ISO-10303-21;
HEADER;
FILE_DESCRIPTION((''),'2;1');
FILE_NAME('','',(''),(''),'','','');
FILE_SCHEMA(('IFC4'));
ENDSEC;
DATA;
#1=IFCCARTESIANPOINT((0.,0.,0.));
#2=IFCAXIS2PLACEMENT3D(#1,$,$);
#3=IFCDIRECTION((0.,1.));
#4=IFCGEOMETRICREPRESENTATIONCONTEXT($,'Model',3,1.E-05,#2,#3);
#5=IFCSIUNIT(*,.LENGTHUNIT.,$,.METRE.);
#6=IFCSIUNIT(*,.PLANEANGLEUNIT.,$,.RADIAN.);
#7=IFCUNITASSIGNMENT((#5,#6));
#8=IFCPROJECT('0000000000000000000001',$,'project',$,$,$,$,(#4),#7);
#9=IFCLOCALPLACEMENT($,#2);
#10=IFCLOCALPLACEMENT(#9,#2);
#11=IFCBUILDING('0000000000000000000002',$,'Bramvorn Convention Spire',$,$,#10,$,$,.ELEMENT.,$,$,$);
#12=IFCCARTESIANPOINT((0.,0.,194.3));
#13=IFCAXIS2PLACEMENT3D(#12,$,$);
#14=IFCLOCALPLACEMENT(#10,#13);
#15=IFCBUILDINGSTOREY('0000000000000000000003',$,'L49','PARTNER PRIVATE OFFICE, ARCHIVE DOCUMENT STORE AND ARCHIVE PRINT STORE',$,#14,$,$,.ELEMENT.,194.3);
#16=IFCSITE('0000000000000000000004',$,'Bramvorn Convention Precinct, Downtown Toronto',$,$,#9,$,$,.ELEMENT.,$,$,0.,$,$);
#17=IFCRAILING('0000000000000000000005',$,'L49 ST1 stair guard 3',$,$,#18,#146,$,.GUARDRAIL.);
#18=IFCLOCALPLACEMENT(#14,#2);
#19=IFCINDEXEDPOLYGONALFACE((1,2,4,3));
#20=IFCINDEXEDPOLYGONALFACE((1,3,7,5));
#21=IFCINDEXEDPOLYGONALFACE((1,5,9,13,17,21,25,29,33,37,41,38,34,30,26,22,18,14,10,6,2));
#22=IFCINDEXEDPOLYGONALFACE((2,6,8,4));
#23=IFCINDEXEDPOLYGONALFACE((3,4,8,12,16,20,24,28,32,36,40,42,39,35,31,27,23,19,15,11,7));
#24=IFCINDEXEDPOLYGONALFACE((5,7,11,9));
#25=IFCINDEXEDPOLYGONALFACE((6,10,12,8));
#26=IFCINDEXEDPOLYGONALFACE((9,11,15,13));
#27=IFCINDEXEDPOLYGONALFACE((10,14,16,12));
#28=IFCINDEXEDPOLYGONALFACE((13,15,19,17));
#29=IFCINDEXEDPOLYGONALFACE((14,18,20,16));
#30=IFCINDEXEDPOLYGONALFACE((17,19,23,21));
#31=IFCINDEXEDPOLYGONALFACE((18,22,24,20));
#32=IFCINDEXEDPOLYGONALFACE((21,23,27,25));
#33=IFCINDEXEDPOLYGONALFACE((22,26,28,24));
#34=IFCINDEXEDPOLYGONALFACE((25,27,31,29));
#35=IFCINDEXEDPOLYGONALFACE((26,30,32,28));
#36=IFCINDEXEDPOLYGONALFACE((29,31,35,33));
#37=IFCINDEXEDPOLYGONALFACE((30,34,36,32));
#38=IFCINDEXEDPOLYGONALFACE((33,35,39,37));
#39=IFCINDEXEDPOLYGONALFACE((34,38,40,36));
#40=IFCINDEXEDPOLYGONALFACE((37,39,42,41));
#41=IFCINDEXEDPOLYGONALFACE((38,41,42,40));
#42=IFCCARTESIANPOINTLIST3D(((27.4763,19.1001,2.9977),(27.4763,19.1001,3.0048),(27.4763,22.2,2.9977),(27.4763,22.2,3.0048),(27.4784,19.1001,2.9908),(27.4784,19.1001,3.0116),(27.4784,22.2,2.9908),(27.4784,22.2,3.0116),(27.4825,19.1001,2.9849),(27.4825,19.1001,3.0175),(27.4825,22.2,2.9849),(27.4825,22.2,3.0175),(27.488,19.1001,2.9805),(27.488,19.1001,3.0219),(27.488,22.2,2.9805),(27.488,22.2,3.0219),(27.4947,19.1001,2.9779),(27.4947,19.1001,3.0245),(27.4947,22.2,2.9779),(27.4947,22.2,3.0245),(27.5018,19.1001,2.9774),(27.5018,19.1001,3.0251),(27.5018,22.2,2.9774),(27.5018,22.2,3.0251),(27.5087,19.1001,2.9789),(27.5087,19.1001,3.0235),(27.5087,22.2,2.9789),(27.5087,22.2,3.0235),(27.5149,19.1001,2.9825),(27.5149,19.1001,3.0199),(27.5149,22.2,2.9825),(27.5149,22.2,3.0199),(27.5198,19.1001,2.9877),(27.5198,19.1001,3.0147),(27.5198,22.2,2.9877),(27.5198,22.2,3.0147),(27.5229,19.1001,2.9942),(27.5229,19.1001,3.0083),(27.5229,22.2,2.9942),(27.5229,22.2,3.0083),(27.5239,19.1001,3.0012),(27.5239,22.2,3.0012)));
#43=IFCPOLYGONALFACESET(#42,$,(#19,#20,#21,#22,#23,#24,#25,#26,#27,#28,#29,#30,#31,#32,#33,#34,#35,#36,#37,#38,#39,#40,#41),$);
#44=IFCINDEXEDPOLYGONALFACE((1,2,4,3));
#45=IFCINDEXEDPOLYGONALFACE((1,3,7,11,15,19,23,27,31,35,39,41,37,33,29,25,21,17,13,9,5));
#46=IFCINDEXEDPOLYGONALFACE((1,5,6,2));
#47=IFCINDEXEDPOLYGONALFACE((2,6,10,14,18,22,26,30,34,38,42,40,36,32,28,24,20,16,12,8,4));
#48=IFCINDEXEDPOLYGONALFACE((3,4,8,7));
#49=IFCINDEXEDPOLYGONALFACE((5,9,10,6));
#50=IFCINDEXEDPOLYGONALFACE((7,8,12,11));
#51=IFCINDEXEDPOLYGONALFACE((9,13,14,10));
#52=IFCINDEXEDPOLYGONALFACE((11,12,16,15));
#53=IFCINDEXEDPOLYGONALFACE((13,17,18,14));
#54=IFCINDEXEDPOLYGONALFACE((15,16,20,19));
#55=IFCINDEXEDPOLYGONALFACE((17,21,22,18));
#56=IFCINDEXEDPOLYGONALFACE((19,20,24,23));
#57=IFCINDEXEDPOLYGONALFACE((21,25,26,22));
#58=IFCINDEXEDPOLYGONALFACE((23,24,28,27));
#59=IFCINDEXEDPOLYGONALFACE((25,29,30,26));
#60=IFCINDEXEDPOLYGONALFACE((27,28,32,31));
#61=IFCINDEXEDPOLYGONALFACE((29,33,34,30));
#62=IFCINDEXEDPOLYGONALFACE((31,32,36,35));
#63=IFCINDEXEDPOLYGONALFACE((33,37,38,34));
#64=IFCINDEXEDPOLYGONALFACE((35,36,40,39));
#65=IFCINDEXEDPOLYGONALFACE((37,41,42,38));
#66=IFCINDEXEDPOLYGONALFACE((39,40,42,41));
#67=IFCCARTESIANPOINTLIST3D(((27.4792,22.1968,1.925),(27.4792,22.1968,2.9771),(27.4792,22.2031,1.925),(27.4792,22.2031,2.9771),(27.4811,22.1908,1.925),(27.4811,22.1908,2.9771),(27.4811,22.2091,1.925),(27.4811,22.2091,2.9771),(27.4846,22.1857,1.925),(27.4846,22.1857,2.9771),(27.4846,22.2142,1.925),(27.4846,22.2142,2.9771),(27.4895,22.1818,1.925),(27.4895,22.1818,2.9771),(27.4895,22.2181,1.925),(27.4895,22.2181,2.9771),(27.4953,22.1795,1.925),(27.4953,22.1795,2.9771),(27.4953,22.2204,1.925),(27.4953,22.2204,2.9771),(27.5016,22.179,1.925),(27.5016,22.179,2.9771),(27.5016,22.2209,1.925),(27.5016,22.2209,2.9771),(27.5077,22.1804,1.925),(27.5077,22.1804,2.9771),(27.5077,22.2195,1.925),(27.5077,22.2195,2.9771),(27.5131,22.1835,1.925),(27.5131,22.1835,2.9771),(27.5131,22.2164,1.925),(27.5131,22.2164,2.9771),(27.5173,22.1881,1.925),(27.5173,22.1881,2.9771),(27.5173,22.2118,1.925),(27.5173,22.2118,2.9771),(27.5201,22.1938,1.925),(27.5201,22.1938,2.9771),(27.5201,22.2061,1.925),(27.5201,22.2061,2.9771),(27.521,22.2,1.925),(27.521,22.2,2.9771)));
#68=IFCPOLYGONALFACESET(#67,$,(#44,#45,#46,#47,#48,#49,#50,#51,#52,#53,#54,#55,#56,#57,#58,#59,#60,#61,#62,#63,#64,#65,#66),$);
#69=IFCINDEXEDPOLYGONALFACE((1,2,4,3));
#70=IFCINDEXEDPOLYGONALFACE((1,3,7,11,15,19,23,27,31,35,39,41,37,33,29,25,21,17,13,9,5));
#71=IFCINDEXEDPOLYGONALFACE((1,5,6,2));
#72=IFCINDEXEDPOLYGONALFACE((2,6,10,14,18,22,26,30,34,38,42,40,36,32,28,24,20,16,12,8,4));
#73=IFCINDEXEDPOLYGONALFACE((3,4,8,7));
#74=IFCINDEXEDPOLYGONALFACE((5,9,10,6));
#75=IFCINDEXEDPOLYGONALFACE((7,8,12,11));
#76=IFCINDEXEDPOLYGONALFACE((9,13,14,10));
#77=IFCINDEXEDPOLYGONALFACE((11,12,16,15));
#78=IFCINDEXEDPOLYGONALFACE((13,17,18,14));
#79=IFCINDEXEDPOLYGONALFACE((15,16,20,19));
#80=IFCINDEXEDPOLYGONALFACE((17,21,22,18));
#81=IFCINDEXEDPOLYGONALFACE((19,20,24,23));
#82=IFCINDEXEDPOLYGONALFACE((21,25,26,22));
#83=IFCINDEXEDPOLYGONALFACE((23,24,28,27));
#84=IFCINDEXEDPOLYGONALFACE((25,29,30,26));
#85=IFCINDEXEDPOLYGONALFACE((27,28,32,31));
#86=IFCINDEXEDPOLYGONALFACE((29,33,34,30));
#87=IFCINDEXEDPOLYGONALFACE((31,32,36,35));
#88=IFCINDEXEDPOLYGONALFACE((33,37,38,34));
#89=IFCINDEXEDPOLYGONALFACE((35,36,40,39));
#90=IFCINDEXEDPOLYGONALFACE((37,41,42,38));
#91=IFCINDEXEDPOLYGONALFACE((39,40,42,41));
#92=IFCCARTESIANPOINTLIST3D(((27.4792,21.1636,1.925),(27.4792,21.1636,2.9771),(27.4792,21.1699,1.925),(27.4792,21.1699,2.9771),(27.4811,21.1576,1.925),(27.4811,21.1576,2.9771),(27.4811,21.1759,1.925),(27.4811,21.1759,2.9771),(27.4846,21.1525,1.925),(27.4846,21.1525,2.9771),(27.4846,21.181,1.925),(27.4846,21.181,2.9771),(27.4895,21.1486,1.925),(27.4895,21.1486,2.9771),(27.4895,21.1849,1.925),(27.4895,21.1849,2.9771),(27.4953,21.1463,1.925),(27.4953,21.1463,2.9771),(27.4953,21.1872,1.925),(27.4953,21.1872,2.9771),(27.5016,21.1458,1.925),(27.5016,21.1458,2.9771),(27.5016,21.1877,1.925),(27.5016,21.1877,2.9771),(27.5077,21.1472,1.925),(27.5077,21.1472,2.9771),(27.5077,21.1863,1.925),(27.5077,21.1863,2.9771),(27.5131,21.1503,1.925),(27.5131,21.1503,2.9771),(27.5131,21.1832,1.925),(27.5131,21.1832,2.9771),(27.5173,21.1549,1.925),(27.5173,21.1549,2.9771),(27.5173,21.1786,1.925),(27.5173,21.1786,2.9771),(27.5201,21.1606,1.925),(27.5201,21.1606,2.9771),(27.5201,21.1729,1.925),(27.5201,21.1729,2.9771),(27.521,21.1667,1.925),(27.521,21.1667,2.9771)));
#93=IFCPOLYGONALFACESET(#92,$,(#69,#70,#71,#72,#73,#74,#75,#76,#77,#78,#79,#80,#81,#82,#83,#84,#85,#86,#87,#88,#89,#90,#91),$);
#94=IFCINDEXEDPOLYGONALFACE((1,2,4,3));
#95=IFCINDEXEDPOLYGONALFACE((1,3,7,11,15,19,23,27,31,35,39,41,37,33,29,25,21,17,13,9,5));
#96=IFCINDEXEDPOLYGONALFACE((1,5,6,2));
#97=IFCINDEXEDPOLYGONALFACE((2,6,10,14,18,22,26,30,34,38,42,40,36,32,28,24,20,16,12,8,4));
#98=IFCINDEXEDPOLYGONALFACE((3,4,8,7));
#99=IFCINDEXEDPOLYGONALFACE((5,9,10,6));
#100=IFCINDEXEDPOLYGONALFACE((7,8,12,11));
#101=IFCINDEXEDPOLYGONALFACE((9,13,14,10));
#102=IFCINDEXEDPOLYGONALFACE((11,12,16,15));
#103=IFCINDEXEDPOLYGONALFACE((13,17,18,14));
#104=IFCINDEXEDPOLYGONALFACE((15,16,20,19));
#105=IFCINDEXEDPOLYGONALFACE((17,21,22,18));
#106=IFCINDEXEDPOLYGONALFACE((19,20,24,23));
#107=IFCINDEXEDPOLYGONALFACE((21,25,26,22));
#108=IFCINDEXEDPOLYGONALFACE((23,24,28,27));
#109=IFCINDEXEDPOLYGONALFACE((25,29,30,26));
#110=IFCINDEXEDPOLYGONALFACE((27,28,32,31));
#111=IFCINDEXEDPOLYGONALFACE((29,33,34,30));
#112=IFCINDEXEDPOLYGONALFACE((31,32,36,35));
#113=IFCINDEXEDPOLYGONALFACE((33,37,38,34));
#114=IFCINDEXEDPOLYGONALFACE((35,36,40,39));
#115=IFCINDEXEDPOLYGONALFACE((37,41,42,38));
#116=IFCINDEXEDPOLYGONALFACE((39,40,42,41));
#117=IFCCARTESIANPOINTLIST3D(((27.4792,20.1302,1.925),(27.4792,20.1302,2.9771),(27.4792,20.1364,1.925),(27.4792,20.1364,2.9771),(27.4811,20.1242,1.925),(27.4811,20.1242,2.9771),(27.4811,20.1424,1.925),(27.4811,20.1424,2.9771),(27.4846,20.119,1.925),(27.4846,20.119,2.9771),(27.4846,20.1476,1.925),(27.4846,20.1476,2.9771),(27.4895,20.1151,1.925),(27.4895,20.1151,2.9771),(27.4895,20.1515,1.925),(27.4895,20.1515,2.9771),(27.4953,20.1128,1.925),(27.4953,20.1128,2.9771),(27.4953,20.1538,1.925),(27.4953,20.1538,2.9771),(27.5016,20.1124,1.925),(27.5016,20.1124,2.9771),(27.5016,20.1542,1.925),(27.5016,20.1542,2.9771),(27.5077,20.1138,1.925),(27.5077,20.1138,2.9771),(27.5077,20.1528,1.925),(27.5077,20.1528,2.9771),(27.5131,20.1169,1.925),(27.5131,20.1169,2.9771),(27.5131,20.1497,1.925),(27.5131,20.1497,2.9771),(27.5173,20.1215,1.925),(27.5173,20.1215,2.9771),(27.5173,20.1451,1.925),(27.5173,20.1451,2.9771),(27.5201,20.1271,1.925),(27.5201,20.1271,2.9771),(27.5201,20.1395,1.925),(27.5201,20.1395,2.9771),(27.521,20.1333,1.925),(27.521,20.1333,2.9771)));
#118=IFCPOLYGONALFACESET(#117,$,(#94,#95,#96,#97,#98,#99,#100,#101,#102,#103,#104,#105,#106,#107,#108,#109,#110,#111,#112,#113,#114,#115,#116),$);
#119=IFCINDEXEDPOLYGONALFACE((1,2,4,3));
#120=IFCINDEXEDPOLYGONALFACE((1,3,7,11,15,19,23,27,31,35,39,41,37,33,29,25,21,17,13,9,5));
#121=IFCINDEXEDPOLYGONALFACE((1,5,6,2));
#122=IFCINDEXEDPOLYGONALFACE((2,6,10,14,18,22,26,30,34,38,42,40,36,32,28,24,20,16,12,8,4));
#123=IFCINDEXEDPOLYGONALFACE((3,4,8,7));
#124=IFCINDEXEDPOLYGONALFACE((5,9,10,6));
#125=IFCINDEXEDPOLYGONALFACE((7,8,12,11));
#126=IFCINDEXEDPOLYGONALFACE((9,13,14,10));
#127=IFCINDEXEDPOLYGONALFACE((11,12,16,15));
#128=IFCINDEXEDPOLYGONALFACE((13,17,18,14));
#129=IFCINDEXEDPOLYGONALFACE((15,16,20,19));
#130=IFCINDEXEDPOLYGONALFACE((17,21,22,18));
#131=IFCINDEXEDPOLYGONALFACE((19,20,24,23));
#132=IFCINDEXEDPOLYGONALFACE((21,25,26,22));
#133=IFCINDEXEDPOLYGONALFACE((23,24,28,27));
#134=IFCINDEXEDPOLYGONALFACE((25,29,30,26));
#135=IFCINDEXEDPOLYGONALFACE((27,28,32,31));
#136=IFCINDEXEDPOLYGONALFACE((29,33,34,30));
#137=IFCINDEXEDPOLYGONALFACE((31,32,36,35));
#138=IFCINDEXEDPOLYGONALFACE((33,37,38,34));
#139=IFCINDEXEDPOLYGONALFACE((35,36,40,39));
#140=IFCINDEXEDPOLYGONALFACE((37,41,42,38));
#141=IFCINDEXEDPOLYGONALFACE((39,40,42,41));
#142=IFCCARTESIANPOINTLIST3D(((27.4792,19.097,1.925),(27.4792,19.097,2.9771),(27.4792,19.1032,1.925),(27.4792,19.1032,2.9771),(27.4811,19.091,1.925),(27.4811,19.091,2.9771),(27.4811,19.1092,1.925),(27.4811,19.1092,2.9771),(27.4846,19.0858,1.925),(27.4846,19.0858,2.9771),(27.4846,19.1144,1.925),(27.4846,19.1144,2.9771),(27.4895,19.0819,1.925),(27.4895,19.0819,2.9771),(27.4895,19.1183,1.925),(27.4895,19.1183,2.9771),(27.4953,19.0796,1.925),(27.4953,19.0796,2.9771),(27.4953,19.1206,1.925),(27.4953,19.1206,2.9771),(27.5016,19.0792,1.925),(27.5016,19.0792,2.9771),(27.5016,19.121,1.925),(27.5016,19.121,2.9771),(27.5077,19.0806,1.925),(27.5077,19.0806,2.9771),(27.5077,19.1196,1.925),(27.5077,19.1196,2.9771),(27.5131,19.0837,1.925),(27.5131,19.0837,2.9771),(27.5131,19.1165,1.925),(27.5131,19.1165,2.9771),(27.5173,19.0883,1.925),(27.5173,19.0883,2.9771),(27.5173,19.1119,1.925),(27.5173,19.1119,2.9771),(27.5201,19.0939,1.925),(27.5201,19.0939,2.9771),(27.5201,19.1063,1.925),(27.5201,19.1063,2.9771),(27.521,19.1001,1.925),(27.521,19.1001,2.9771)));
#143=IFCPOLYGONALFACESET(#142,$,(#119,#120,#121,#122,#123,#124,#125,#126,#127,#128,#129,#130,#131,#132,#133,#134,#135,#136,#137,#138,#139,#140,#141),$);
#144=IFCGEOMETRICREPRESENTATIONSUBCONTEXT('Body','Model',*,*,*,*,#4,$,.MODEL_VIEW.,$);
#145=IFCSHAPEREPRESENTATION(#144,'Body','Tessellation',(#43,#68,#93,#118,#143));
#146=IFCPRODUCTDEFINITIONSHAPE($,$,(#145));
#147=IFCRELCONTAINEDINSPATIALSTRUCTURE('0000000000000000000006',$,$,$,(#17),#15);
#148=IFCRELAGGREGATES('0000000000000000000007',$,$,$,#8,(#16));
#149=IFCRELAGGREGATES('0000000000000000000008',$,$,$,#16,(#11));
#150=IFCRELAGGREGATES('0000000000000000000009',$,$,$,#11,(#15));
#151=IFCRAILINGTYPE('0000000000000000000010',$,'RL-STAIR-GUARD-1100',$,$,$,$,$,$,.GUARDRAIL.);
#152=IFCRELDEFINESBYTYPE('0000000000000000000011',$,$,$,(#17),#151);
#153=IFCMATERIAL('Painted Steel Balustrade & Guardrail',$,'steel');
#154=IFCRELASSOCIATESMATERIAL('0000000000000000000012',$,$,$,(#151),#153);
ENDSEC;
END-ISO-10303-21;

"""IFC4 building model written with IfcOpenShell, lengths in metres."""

from ifc_helpers import new_model, si_unit, direction, frame, origin, origin_2d, place, context, subcontext, project, spatial, circle, extrude, material, type_object, element, save


model = new_model("IFC4")

# Units and contexts
model_context = context("Model", 3, precision=1e-05, world=origin(), true_north=direction((0.0, 1.0)))
body_context = subcontext(model_context, "Body", "Model", "MODEL_VIEW")
ifc_project = project(units=[si_unit("LENGTHUNIT", "METRE"), si_unit("PLANEANGLEUNIT", "RADIAN")], contexts=[model_context])

# Site, building, storey
site_placement = place(None, origin())
site = spatial("IfcSite", under=ifc_project, at=site_placement, Name="Bramvorn Convention Precinct, Downtown Toronto", CompositionType="ELEMENT", RefElevation=0.0)
building_placement = place(site_placement, origin())
building = spatial("IfcBuilding", under=site, at=building_placement, Name="Bramvorn Convention Spire", CompositionType="ELEMENT")
storey_placement = place(building_placement, frame((0.0, 0.0, 194.3)))
storey = spatial("IfcBuildingStorey", under=building, at=storey_placement, Name="L49", Description="PARTNER PRIVATE OFFICE, ARCHIVE DOCUMENT STORE AND ARCHIVE PRINT STORE", CompositionType="ELEMENT", Elevation=194.3)

# Railing
ifc_material_1 = material(Name="Painted Steel Balustrade & Guardrail", Category="steel")
railing_type_1 = type_object("IfcRailingType", Name="RL-STAIR-GUARD-1100", PredefinedType="GUARDRAIL", material=ifc_material_1)
for number, where, name in (
    (1, (27.5, 22.2, 1.925), "L49 ST1 stair guard 3"),
):
    element("IfcRailing", number, at=place(storey_placement, frame(where)), inside=storey, type_object=railing_type_1, Name=name, PredefinedType="GUARDRAIL", context=body_context, shape_type="SweptSolid", body=[
        extrude(circle(Radius=0.0239, at=origin_2d()), frame((0.0, 0.0, 1.0762), z_axis=(0.0, -1.0, 0.0), x_axis=(1.0, 0.0, 0.0)), (0.0, 0.0, 1.0), 3.0999),
        extrude(circle(Radius=0.021, at=origin_2d()), origin(), (0.0, 0.0, 1.0), 1.052),
        extrude(circle(Radius=0.021, at=origin_2d()), frame((0.0, -1.0332, 0.0)), (0.0, 0.0, 1.0), 1.052),
        extrude(circle(Radius=0.021, at=origin_2d()), frame((0.0, -2.0667, 0.0)), (0.0, 0.0, 1.0), 1.052),
        extrude(circle(Radius=0.021, at=origin_2d()), frame((0.0, -3.0999, 0.0)), (0.0, 0.0, 1.0), 1.052),
    ])

save(model, "model.ifc")
